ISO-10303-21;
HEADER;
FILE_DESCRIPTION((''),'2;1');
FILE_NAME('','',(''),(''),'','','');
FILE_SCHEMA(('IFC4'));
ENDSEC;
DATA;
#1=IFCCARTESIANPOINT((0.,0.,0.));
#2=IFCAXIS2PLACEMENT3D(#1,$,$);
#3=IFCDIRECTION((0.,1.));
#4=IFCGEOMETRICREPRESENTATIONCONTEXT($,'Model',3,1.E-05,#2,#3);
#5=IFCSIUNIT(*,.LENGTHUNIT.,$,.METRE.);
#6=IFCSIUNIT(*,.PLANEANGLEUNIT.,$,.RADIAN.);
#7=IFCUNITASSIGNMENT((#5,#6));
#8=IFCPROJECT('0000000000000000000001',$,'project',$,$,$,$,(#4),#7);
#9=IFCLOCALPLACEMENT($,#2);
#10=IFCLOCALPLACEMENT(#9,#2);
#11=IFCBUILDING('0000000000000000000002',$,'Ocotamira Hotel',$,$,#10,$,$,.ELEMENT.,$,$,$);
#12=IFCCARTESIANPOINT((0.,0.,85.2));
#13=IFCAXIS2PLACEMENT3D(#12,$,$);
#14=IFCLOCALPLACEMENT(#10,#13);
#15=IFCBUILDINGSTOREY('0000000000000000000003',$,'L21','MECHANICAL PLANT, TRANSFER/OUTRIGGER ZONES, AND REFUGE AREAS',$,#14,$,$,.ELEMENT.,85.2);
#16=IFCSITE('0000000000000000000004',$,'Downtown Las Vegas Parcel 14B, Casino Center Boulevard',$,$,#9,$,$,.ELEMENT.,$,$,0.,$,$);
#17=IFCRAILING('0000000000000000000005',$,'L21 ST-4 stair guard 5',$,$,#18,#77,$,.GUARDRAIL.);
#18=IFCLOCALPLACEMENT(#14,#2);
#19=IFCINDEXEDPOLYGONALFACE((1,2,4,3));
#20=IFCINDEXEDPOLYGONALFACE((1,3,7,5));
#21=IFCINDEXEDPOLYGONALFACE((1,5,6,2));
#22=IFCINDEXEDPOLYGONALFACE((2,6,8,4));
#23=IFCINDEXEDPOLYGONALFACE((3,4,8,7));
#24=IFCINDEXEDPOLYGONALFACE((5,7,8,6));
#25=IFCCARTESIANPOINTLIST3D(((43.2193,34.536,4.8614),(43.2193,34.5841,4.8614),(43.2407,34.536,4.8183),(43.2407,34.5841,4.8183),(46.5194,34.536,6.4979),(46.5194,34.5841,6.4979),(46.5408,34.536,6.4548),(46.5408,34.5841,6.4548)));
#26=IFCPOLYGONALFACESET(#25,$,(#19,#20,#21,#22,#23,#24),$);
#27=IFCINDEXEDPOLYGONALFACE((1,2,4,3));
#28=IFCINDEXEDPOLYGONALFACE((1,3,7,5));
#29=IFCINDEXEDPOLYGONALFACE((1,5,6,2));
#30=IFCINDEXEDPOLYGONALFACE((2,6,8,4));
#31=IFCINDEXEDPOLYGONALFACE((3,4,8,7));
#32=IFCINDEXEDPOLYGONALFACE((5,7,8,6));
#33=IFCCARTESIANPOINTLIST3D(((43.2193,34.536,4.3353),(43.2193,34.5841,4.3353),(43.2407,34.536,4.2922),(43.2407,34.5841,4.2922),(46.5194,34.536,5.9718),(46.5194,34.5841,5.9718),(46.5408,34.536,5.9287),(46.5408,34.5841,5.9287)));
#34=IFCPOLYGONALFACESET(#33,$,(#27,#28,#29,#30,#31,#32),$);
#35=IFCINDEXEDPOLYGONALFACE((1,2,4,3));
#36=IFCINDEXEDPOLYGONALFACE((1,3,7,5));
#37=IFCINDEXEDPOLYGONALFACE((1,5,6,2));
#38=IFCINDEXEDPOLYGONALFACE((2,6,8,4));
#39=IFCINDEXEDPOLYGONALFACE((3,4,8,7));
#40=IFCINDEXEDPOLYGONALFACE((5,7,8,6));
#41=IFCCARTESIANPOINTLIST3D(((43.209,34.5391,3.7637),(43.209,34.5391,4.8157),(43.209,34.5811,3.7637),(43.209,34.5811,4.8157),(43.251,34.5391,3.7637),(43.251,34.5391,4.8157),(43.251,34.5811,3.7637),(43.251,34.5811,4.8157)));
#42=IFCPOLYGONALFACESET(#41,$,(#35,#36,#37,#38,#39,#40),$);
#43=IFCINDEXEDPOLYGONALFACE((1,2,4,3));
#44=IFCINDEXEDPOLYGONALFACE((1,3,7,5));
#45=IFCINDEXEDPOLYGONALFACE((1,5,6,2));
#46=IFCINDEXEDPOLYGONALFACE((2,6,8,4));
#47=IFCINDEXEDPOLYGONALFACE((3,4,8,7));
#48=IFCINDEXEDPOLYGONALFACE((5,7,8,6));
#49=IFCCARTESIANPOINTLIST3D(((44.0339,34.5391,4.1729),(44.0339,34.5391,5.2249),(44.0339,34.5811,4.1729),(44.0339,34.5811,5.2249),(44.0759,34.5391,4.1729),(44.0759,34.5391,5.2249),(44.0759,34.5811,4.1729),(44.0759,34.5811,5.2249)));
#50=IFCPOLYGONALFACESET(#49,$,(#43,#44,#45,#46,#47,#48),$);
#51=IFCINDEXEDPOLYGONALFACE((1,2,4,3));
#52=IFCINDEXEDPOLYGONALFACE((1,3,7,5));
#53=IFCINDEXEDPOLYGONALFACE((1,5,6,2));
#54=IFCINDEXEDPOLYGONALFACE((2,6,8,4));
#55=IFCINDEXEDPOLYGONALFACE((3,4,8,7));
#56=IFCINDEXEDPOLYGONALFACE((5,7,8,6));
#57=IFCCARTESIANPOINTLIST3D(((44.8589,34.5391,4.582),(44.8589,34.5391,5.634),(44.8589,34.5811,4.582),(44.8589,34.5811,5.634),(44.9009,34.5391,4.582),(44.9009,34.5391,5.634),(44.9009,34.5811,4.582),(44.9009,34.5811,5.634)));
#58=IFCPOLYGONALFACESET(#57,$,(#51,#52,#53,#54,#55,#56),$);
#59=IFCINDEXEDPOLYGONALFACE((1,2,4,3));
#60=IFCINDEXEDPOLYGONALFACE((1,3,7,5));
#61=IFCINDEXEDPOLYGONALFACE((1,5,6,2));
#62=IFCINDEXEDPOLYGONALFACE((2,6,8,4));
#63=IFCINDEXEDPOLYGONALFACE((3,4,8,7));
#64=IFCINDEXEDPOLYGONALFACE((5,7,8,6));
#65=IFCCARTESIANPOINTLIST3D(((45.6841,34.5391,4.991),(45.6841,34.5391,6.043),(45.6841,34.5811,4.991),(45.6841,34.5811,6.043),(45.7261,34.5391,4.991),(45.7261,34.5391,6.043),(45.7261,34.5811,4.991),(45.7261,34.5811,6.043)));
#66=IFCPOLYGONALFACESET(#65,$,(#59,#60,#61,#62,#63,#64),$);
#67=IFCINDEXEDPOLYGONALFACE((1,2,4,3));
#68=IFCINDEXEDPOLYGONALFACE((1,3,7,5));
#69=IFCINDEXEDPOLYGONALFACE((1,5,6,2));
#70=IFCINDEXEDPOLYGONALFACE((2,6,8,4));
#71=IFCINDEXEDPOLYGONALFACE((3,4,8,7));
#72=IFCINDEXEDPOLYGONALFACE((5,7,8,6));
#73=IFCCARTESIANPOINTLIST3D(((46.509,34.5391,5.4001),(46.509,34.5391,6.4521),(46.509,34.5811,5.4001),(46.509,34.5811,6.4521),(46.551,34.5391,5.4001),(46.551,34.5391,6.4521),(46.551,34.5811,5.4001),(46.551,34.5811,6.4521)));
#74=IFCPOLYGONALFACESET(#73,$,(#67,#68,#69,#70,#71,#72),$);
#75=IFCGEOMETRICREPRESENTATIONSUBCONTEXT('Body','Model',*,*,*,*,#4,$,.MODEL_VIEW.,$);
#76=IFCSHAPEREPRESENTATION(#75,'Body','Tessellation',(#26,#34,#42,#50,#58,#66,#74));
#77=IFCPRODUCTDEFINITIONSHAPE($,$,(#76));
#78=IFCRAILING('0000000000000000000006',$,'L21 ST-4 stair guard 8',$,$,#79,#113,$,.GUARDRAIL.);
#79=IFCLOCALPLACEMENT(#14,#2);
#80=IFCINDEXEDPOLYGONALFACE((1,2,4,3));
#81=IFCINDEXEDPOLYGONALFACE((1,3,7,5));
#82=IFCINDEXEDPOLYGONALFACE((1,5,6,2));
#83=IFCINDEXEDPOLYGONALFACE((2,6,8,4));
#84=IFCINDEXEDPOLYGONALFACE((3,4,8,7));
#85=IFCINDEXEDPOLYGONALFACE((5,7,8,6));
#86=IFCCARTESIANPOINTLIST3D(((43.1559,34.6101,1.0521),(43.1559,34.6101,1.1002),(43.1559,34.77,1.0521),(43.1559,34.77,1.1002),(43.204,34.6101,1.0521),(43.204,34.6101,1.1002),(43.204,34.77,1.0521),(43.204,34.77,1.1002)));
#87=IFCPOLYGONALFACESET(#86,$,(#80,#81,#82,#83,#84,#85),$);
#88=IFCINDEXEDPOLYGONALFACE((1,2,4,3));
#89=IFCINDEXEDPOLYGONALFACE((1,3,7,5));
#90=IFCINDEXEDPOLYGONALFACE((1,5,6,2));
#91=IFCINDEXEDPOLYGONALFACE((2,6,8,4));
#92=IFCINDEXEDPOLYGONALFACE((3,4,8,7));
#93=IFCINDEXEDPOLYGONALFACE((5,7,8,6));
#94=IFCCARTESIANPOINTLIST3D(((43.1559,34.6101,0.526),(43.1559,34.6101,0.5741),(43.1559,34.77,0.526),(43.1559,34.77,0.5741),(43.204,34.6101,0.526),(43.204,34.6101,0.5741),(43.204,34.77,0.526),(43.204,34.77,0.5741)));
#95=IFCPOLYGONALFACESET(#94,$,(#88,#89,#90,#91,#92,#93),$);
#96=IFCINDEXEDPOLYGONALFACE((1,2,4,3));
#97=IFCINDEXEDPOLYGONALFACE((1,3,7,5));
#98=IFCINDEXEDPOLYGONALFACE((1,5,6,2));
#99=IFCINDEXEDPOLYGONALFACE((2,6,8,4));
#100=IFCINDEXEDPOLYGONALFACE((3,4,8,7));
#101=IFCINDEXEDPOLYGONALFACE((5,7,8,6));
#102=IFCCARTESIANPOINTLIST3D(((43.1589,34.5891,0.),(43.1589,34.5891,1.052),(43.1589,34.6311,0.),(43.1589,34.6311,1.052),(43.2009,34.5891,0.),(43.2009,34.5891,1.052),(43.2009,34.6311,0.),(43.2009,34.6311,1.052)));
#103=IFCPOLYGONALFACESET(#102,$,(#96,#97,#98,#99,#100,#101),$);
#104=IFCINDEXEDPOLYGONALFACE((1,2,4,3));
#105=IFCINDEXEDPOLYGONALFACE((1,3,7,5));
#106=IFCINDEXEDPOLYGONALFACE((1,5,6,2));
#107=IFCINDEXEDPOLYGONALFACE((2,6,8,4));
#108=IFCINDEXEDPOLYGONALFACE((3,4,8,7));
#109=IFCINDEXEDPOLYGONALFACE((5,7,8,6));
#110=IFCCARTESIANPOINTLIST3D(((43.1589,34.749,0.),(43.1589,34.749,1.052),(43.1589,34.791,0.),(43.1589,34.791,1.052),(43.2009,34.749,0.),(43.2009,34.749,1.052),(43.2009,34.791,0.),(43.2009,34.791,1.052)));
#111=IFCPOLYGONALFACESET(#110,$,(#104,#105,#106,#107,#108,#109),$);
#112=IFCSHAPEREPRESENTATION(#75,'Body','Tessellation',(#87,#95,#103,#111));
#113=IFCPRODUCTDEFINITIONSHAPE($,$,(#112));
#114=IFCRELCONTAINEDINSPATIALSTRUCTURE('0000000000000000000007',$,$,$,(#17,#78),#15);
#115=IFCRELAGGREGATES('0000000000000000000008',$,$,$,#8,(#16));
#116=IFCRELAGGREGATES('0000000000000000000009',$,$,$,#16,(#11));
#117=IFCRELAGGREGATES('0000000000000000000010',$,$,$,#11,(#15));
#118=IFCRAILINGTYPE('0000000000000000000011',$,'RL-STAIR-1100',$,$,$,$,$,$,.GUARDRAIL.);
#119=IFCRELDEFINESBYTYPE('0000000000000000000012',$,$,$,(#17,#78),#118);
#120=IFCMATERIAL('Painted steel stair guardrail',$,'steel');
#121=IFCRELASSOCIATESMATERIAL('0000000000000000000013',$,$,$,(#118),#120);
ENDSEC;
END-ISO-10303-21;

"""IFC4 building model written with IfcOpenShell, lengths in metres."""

from ifc_helpers import new_model, si_unit, direction, frame, origin, origin_2d, place, context, subcontext, project, spatial, rectangle, extrude, material, type_object, element, save


model = new_model("IFC4")

# Units and contexts
model_context = context("Model", 3, precision=1e-05, world=origin(), true_north=direction((0.0, 1.0)))
body_context = subcontext(model_context, "Body", "Model", "MODEL_VIEW")
ifc_project = project(units=[si_unit("LENGTHUNIT", "METRE"), si_unit("PLANEANGLEUNIT", "RADIAN")], contexts=[model_context])

# Site, building, storey
site_placement = place(None, origin())
site = spatial("IfcSite", under=ifc_project, at=site_placement, Name="Downtown Las Vegas Parcel 14B, Casino Center Boulevard", CompositionType="ELEMENT", RefElevation=0.0)
building_placement = place(site_placement, origin())
building = spatial("IfcBuilding", under=site, at=building_placement, Name="Ocotamira Hotel", CompositionType="ELEMENT")
storey_placement = place(building_placement, frame((0.0, 0.0, 85.2)))
storey = spatial("IfcBuildingStorey", under=building, at=storey_placement, Name="L21", Description="MECHANICAL PLANT, TRANSFER/OUTRIGGER ZONES, AND REFUGE AREAS", CompositionType="ELEMENT", Elevation=85.2)

# Railings
ifc_material_1 = material(Name="Painted steel stair guardrail", Category="steel")
railing_type_1 = type_object("IfcRailingType", Name="RL-STAIR-1100", PredefinedType="GUARDRAIL", material=ifc_material_1)
railing_1_placement = place(storey_placement, frame((43.23, 34.5601, 3.7637)))
element("IfcRailing", 1, at=railing_1_placement, inside=storey, type_object=railing_type_1, Name="L21 ST-4 stair guard 5", PredefinedType="GUARDRAIL", context=body_context, shape_type="SweptSolid", body=[
    extrude(rectangle(XDim=0.0481, YDim=0.0481, at=origin_2d()), frame((0.0, 0.0, 1.0762), z_axis=(0.895894, 0.0, 0.444268), x_axis=(0.0, 1.0, 0.0)), (0.0, 0.0, 1.0), 3.6836),
    extrude(rectangle(XDim=0.0481, YDim=0.0481, at=origin_2d()), frame((0.0, 0.0, 0.55), z_axis=(0.895894, 0.0, 0.444268), x_axis=(0.0, 1.0, 0.0)), (0.0, 0.0, 1.0), 3.6836),
    extrude(rectangle(XDim=0.042, YDim=0.042, at=origin_2d()), origin(), (0.0, 0.0, 1.0), 1.052),
    extrude(rectangle(XDim=0.042, YDim=0.042, at=origin_2d()), frame((0.825, 0.0, 0.4092)), (0.0, 0.0, 1.0), 1.052),
    extrude(rectangle(XDim=0.042, YDim=0.042, at=origin_2d()), frame((1.6499, 0.0, 0.8184)), (0.0, 0.0, 1.0), 1.052),
    extrude(rectangle(XDim=0.042, YDim=0.042, at=origin_2d()), frame((2.4751, 0.0, 1.2273)), (0.0, 0.0, 1.0), 1.052),
    extrude(rectangle(XDim=0.042, YDim=0.042, at=origin_2d()), frame((3.3, 0.0, 1.6365)), (0.0, 0.0, 1.0), 1.052),
])
railing_2_placement = place(storey_placement, frame((43.1799, 34.6101, 0.0)))
element("IfcRailing", 2, at=railing_2_placement, inside=storey, type_object=railing_type_1, Name="L21 ST-4 stair guard 8", PredefinedType="GUARDRAIL", context=body_context, shape_type="SweptSolid", body=[
    extrude(rectangle(XDim=0.0481, YDim=0.0481, at=origin_2d()), frame((0.0, 0.0, 1.0762), z_axis=(0.0, 1.0, 0.0), x_axis=(-1.0, 0.0, 0.0)), (0.0, 0.0, 1.0), 0.1599),
    extrude(rectangle(XDim=0.0481, YDim=0.0481, at=origin_2d()), frame((0.0, 0.0, 0.55), z_axis=(0.0, 1.0, 0.0), x_axis=(-1.0, 0.0, 0.0)), (0.0, 0.0, 1.0), 0.1599),
    extrude(rectangle(XDim=0.042, YDim=0.042, at=origin_2d()), origin(), (0.0, 0.0, 1.0), 1.052),
    extrude(rectangle(XDim=0.042, YDim=0.042, at=origin_2d()), frame((0.0, 0.1599, 0.0)), (0.0, 0.0, 1.0), 1.052),
])

save(model, "model.ifc")
